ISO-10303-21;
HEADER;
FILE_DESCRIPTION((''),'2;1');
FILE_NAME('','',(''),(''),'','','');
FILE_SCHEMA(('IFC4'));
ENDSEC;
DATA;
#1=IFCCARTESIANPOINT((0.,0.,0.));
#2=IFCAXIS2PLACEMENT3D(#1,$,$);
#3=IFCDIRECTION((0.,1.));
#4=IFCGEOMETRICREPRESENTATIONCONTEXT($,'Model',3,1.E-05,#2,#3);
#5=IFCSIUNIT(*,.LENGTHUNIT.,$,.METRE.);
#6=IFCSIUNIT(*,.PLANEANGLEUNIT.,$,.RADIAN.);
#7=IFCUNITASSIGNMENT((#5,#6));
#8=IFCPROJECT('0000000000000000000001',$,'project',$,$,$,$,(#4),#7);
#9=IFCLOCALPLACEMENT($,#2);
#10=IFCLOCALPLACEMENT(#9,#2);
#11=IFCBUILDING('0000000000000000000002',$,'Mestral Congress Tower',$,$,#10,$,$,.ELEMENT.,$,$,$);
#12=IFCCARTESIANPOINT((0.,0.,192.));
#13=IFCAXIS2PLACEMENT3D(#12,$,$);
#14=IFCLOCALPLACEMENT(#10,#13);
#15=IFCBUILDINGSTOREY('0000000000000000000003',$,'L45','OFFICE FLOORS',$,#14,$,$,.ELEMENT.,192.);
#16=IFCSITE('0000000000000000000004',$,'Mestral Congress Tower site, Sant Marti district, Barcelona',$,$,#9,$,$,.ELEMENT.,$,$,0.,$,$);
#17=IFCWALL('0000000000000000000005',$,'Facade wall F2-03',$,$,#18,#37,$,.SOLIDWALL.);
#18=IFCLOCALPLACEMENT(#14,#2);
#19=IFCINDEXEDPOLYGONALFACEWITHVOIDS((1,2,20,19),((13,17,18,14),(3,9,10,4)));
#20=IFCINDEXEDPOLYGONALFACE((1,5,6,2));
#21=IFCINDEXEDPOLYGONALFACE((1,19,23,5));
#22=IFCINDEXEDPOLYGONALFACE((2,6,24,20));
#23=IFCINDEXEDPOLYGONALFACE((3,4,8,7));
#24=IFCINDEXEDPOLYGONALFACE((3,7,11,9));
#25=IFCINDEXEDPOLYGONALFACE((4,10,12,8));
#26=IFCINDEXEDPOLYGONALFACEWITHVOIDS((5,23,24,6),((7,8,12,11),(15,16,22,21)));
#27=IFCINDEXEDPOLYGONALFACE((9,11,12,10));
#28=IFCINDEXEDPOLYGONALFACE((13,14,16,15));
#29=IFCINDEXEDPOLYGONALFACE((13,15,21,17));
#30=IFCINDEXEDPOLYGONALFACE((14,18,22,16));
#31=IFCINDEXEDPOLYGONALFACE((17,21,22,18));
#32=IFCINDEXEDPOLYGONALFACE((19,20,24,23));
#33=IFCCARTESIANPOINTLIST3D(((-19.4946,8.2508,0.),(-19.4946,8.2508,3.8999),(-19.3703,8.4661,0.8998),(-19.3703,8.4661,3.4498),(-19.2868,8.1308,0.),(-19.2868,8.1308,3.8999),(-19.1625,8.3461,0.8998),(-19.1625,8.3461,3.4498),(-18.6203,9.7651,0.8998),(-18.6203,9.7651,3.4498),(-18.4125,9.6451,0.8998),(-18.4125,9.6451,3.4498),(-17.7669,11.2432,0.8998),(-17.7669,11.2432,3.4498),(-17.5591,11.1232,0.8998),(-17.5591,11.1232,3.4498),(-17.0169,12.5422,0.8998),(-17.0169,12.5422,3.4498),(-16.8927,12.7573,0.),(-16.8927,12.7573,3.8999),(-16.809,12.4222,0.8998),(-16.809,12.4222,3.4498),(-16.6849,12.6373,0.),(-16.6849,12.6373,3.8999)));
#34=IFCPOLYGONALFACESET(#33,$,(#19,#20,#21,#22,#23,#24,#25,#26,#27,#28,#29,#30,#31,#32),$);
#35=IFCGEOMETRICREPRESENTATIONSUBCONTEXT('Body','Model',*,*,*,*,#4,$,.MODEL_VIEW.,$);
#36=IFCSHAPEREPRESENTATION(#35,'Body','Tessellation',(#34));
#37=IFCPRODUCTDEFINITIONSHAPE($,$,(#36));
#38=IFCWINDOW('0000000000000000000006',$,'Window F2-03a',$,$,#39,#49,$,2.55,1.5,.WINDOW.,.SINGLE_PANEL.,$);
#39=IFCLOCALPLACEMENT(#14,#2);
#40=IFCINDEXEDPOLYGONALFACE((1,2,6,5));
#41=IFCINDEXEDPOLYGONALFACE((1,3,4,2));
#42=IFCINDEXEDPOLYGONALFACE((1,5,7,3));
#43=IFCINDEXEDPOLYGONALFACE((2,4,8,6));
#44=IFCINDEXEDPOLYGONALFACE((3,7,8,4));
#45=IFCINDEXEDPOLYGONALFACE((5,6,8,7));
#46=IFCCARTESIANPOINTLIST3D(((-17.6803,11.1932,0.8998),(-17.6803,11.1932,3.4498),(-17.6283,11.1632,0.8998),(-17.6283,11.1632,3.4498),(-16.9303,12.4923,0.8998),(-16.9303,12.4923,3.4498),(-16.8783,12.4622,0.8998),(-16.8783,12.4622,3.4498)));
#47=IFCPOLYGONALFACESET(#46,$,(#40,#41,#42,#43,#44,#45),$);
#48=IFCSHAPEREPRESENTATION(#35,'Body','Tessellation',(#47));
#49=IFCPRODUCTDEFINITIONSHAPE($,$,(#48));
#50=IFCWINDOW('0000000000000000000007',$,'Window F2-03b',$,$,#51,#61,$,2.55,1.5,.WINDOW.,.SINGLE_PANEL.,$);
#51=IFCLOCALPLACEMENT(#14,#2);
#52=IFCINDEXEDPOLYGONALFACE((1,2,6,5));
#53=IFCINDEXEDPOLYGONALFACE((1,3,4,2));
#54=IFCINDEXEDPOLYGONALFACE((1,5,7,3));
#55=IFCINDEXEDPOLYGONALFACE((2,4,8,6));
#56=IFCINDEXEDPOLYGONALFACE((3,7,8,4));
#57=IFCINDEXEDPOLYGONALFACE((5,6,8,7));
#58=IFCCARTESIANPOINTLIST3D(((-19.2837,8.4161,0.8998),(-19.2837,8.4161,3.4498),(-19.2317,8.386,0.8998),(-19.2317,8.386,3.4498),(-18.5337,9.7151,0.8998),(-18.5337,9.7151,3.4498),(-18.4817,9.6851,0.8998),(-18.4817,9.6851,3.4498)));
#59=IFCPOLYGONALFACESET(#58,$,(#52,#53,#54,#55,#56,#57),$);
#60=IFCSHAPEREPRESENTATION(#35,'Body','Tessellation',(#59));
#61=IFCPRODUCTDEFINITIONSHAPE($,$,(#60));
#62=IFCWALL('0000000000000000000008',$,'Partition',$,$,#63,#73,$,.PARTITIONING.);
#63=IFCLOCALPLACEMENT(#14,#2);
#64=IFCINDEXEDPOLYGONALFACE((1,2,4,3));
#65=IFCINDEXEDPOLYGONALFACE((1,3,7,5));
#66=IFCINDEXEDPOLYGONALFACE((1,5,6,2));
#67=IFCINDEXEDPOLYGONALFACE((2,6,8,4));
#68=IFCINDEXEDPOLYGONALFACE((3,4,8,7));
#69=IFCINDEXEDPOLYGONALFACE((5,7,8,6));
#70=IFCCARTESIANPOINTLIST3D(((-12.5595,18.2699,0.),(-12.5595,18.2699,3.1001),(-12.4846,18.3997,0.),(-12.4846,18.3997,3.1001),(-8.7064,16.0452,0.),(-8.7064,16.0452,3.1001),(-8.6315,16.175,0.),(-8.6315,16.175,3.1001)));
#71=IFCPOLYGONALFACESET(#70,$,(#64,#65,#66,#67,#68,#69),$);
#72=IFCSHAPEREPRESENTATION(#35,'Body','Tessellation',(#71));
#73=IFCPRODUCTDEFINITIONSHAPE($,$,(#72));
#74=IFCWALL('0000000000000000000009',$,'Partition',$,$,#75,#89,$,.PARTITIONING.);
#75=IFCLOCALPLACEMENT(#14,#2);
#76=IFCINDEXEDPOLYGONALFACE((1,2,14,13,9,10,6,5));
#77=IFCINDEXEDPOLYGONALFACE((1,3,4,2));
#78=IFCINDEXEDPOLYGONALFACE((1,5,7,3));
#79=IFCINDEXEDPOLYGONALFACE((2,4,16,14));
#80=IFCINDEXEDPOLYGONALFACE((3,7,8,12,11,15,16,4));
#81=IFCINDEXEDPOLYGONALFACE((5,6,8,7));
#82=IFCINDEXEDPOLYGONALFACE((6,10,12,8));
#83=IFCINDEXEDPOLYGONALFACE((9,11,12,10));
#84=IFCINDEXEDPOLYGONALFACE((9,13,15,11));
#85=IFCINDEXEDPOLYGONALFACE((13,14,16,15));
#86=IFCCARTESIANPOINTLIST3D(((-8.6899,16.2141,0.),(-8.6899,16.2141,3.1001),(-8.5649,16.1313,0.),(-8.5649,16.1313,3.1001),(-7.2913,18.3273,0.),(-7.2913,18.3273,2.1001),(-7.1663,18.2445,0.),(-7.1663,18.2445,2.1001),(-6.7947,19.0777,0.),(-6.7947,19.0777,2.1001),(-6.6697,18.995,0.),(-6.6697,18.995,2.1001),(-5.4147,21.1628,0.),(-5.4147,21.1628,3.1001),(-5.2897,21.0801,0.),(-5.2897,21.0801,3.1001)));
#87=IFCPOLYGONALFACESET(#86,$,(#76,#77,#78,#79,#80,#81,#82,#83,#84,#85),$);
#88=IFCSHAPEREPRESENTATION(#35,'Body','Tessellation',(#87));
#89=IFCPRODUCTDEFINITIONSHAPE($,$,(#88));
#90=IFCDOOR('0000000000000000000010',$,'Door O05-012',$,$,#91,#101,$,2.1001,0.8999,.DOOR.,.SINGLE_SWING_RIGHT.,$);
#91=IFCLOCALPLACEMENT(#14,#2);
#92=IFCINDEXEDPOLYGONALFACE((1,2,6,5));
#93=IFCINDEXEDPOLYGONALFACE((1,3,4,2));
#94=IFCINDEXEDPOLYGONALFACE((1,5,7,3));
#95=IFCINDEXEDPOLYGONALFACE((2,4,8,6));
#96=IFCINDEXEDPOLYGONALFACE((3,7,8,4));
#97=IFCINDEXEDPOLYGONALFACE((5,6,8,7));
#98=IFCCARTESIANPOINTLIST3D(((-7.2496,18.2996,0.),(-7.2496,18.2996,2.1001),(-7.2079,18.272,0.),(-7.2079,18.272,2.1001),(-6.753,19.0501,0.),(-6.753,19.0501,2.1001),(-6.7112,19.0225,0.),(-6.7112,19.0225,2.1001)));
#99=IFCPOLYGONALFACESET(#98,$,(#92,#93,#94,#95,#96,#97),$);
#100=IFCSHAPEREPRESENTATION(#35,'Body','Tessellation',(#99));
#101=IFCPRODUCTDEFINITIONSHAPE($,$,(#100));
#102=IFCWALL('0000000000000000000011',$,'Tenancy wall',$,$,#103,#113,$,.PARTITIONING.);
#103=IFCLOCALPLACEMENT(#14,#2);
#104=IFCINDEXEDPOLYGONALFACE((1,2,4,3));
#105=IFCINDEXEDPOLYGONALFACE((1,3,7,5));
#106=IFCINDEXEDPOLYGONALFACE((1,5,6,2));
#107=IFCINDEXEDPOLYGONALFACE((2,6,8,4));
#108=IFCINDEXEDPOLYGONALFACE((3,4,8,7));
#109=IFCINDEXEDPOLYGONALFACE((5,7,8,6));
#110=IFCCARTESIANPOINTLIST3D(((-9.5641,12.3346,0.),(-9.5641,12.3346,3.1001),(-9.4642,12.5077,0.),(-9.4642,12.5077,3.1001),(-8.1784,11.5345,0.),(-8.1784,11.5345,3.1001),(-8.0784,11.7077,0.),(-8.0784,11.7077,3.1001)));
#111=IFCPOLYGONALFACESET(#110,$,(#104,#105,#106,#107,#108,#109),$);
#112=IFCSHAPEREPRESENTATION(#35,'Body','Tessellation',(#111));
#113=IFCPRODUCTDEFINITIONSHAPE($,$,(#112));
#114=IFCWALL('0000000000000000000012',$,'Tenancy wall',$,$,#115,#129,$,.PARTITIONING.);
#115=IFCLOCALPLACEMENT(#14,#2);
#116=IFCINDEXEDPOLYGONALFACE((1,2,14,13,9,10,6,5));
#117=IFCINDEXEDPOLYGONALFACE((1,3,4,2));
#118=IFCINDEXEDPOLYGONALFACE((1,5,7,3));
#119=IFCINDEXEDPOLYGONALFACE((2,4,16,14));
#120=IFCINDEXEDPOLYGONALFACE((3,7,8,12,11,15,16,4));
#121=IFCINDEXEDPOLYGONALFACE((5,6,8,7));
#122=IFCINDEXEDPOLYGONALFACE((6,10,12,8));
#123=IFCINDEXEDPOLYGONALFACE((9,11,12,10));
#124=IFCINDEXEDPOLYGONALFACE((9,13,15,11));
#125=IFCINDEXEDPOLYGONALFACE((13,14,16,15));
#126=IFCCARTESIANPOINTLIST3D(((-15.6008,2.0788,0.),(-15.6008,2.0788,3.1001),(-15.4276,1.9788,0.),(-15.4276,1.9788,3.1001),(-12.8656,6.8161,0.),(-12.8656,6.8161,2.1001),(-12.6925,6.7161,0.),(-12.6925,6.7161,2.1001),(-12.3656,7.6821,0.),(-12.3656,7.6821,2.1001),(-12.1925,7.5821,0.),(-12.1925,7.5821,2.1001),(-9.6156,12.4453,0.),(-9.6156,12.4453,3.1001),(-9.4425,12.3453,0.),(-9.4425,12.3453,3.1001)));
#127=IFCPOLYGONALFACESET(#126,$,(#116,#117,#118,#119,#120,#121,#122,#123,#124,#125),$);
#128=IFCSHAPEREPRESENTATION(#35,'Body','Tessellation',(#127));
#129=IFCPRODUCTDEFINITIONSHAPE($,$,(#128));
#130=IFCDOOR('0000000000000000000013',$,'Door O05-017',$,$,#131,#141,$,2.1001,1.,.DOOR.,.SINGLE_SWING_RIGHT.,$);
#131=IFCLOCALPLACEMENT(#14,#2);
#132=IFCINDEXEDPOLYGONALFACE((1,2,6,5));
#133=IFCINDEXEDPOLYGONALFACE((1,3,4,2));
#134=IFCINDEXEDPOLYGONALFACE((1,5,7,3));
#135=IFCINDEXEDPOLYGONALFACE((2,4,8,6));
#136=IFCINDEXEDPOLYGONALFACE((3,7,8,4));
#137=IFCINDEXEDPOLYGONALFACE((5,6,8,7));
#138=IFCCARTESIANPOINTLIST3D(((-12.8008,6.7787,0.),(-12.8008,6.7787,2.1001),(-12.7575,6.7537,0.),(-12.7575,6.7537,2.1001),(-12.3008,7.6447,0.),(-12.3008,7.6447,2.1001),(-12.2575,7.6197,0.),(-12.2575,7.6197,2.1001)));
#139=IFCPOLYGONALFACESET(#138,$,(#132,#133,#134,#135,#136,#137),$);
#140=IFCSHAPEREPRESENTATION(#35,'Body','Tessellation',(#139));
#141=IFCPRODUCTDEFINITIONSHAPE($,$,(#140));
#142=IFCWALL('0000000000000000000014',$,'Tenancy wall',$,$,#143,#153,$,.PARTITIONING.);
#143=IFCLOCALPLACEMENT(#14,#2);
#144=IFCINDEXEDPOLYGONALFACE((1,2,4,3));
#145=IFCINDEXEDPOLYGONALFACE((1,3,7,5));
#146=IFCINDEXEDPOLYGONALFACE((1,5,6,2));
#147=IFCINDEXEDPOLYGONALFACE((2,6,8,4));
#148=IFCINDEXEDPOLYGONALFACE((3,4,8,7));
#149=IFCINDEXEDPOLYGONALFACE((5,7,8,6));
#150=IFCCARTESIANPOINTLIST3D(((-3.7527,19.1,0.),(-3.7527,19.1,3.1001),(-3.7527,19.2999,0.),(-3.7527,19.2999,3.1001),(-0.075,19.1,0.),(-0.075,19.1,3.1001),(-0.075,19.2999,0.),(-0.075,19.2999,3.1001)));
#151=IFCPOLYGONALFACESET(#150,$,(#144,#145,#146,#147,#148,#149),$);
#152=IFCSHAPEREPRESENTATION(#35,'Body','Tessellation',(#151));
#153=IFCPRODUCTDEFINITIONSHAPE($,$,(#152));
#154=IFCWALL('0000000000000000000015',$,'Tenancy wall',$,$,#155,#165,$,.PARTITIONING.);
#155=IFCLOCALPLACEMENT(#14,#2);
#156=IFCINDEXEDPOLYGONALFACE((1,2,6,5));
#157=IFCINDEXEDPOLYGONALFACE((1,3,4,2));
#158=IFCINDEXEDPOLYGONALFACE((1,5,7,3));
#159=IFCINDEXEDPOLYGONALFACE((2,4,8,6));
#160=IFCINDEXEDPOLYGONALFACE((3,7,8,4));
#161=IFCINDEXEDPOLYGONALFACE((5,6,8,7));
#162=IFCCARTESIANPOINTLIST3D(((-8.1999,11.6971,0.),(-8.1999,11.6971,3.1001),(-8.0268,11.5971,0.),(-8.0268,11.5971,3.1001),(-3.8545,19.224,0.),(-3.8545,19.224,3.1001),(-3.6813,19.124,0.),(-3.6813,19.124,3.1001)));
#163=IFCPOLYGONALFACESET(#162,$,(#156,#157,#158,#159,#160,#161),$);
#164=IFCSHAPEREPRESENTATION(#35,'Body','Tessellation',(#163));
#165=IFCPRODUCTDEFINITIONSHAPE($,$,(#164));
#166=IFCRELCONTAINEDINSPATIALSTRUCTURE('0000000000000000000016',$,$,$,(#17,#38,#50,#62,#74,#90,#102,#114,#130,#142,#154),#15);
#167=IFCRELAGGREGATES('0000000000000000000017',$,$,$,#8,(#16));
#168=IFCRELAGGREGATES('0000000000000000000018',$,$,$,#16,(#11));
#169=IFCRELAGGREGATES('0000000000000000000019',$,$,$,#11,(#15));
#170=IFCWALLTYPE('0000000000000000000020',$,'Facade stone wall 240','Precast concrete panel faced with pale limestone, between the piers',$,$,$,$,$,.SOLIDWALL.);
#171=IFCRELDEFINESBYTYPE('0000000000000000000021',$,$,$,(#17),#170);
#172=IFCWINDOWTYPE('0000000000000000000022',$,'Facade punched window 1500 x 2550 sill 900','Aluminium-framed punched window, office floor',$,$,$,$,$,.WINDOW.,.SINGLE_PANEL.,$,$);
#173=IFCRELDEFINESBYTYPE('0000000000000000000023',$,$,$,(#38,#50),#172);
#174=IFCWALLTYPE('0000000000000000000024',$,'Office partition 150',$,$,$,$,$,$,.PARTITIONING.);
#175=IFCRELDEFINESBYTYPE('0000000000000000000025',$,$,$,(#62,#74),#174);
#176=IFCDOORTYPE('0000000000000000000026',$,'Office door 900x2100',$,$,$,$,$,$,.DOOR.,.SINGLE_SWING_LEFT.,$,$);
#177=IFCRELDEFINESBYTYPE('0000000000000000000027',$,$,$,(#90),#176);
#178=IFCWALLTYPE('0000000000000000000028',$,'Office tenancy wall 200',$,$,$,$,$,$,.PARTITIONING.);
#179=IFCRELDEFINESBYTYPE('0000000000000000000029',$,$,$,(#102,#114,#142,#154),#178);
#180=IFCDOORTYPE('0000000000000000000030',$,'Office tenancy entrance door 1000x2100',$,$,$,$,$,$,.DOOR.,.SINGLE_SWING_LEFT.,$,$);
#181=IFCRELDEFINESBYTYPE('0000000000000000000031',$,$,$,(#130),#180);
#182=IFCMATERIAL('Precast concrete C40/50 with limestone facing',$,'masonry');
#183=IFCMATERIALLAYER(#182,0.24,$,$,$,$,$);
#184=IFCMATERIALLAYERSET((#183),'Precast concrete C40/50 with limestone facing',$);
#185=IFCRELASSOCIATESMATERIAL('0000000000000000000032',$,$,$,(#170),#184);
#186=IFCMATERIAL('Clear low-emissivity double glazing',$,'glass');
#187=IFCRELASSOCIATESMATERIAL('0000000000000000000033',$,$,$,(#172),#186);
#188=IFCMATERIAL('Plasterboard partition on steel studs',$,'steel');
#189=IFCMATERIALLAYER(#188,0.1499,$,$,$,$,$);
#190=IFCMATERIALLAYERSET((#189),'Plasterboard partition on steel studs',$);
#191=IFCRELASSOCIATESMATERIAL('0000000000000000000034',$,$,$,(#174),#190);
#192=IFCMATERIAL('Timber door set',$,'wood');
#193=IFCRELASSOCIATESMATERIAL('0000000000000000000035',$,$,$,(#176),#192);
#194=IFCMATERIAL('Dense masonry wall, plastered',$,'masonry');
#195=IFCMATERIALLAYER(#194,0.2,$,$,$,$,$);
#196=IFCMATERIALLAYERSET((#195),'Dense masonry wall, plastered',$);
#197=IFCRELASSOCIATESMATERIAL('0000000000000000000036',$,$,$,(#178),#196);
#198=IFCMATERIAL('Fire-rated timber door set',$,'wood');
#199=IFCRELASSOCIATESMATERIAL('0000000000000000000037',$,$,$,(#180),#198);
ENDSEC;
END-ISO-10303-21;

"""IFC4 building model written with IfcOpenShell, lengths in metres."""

from ifc_helpers import new_model, si_unit, direction, frame, frame_2d, origin, place, context, subcontext, project, spatial, rectangle, extrude, material, layer, layer_set, type_object, element, fill, save


model = new_model("IFC4")

# Units and contexts
model_context = context("Model", 3, precision=1e-05, world=origin(), true_north=direction((0.0, 1.0)))
body_context = subcontext(model_context, "Body", "Model", "MODEL_VIEW")
ifc_project = project(units=[si_unit("LENGTHUNIT", "METRE"), si_unit("PLANEANGLEUNIT", "RADIAN")], contexts=[model_context])

# Site, building, storey
site_placement = place(None, origin())
site = spatial("IfcSite", under=ifc_project, at=site_placement, Name="Mestral Congress Tower site, Sant Marti district, Barcelona", CompositionType="ELEMENT", RefElevation=0.0)
building_placement = place(site_placement, origin())
building = spatial("IfcBuilding", under=site, at=building_placement, Name="Mestral Congress Tower", CompositionType="ELEMENT")
storey_placement = place(building_placement, frame((0.0, 0.0, 192.0)))
storey = spatial("IfcBuildingStorey", under=building, at=storey_placement, Name="L45", Description="OFFICE FLOORS", CompositionType="ELEMENT", Elevation=192.0)

# Wall, openings, windows
ifc_material_1 = material(Name="Precast concrete C40/50 with limestone facing", Category="masonry")
ifc_layer_1 = layer(ifc_material_1, 0.24)
ifc_layer_set_1 = layer_set([ifc_layer_1], Name="Precast concrete C40/50 with limestone facing")
wall_type_1 = type_object("IfcWallType", Name="Facade stone wall 240", Description="Precast concrete panel faced with pale limestone, between the piers", PredefinedType="SOLIDWALL", material=ifc_layer_set_1)
ifc_material_2 = material(Name="Clear low-emissivity double glazing", Category="glass")
window_type = type_object("IfcWindowType", Name="Facade punched window 1500 x 2550 sill 900", Description="Aluminium-framed punched window, office floor", PartitioningType="SINGLE_PANEL", PredefinedType="WINDOW", material=ifc_material_2)
wall_1_placement = place(storey_placement, frame((-16.7888, 12.6973, 0.0), z_axis=(0.0, 0.0, 1.0), x_axis=(-0.500009, -0.86602, 0.0)))
wall_1 = element("IfcWall", 1, at=wall_1_placement, inside=storey, type_object=wall_type_1, Name="Facade wall F2-03", PredefinedType="SOLIDWALL", context=body_context, shape_type="SweptSolid", body=[
    extrude(rectangle(XDim=5.2036, YDim=0.24, at=frame_2d((2.6018, 0.0))), origin(), (0.0, 0.0, 1.0), 3.8999),
])
opening_1_placement = place(wall_1_placement, frame((0.2483, 0.0, 0.8999)))
opening_1 = element("IfcOpeningElement", 2, at=opening_1_placement, cuts=wall_1, PredefinedType="OPENING", context=body_context, shape_type="SweptSolid", body=[
    extrude(rectangle(XDim=1.5, YDim=2.55, at=frame_2d((0.75, 1.2749))), frame((0.0, 0.1299, 0.0), z_axis=(0.0, -1.0, 0.0), x_axis=(1.0, 0.0, 0.0)), (0.0, 0.0, 1.0), 0.26),
])
opening_2_placement = place(wall_1_placement, frame((3.4551, 0.0, 0.8999)))
opening_2 = element("IfcOpeningElement", 3, at=opening_2_placement, cuts=wall_1, PredefinedType="OPENING", context=body_context, shape_type="SweptSolid", body=[
    extrude(rectangle(XDim=1.5, YDim=2.55, at=frame_2d((0.75, 1.2749))), frame((0.0, 0.1299, 0.0), z_axis=(0.0, -1.0, 0.0), x_axis=(1.0, 0.0, 0.0)), (0.0, 0.0, 1.0), 0.26),
])
window_1_placement = place(opening_1_placement, origin())
window_1 = element("IfcWindow", 4, at=window_1_placement, inside=storey, type_object=window_type, Name="Window F2-03a", OverallHeight=2.55, OverallWidth=1.5, PartitioningType="SINGLE_PANEL", PredefinedType="WINDOW", context=body_context, shape_type="SweptSolid", body=[
    extrude(rectangle(XDim=1.5, YDim=2.55, at=frame_2d((0.75, 1.2749))), frame((0.0, 0.04, 0.0), z_axis=(0.0, -1.0, 0.0), x_axis=(1.0, 0.0, 0.0)), (0.0, 0.0, 1.0), 0.0601),
])
fill(opening_1, window_1)
window_2_placement = place(opening_2_placement, origin())
window_2 = element("IfcWindow", 5, at=window_2_placement, inside=storey, type_object=window_type, Name="Window F2-03b", OverallHeight=2.55, OverallWidth=1.5, PartitioningType="SINGLE_PANEL", PredefinedType="WINDOW", context=body_context, shape_type="SweptSolid", body=[
    extrude(rectangle(XDim=1.5, YDim=2.55, at=frame_2d((0.75, 1.2749))), frame((0.0, 0.04, 0.0), z_axis=(0.0, -1.0, 0.0), x_axis=(1.0, 0.0, 0.0)), (0.0, 0.0, 1.0), 0.0601),
])
fill(opening_2, window_2)

# Wall
ifc_material_3 = material(Name="Plasterboard partition on steel studs", Category="steel")
ifc_layer_2 = layer(ifc_material_3, 0.1499)
ifc_layer_set_2 = layer_set([ifc_layer_2], Name="Plasterboard partition on steel studs")
wall_type_2 = type_object("IfcWallType", Name="Office partition 150", PredefinedType="PARTITIONING", material=ifc_layer_set_2)
wall_2_placement = place(storey_placement, frame((-8.6689, 16.1101, 0.0), z_axis=(0.0, 0.0, 1.0), x_axis=(-0.866019, 0.500011, 0.0)))
element("IfcWall", 6, at=wall_2_placement, inside=storey, type_object=wall_type_2, Name="Partition", PredefinedType="PARTITIONING", context=body_context, shape_type="SweptSolid", body=[
    extrude(rectangle(XDim=4.4492, YDim=0.1499, at=frame_2d((2.2246, 0.0))), origin(), (0.0, 0.0, 1.0), 3.1001),
])

# Wall, opening, door
wall_3_placement = place(storey_placement, frame((-8.6274, 16.1726, 0.0), z_axis=(0.0, 0.0, 1.0), x_axis=(0.551896, 0.833913, 0.0)))
wall_3 = element("IfcWall", 7, at=wall_3_placement, inside=storey, type_object=wall_type_2, Name="Partition", PredefinedType="PARTITIONING", context=body_context, shape_type="SweptSolid", body=[
    extrude(rectangle(XDim=5.9343, YDim=0.1499, at=frame_2d((2.9673, 0.0))), origin(), (0.0, 0.0, 1.0), 3.1001),
])
opening_3_placement = place(wall_3_placement, frame((2.5342, 0.0, 0.0)))
opening_3 = element("IfcOpeningElement", 8, at=opening_3_placement, cuts=wall_3, PredefinedType="OPENING", context=body_context, shape_type="SweptSolid", body=[
    extrude(rectangle(XDim=0.8999, YDim=2.1001, at=frame_2d((0.45, 1.05))), frame((0.0, 0.085, 0.0), z_axis=(0.0, -1.0, 0.0), x_axis=(1.0, 0.0, 0.0)), (0.0, 0.0, 1.0), 0.1699),
])
ifc_material_4 = material(Name="Timber door set", Category="wood")
door_type_1 = type_object("IfcDoorType", Name="Office door 900x2100", OperationType="SINGLE_SWING_LEFT", PredefinedType="DOOR", material=ifc_material_4)
door_1_placement = place(opening_3_placement, origin())
door_1 = element("IfcDoor", 9, at=door_1_placement, inside=storey, type_object=door_type_1, Name="Door O05-012", OperationType="SINGLE_SWING_RIGHT", OverallHeight=2.1001, OverallWidth=0.8999, PredefinedType="DOOR", context=body_context, shape_type="SweptSolid", body=[
    extrude(rectangle(XDim=0.8999, YDim=2.1001, at=frame_2d((0.45, 1.05))), frame((0.0, 0.0249, 0.0), z_axis=(0.0, -1.0, 0.0), x_axis=(1.0, 0.0, 0.0)), (0.0, 0.0, 1.0), 0.05),
])
fill(opening_3, door_1)

# Wall
ifc_material_5 = material(Name="Dense masonry wall, plastered", Category="masonry")
ifc_layer_3 = layer(ifc_material_5, 0.2)
ifc_layer_set_3 = layer_set([ifc_layer_3], Name="Dense masonry wall, plastered")
wall_type_3 = type_object("IfcWallType", Name="Office tenancy wall 200", PredefinedType="PARTITIONING", material=ifc_layer_set_3)
wall_4_placement = place(storey_placement, frame((-8.1284, 11.6211, 0.0), z_axis=(0.0, 0.0, 1.0), x_axis=(-0.866028, 0.499995, 0.0)))
element("IfcWall", 10, at=wall_4_placement, inside=storey, type_object=wall_type_3, Name="Tenancy wall", PredefinedType="PARTITIONING", context=body_context, shape_type="SweptSolid", body=[
    extrude(rectangle(XDim=1.6001, YDim=0.2, at=frame_2d((0.8, 0.0))), origin(), (0.0, 0.0, 1.0), 3.1001),
])

# Wall, opening, door
wall_5_placement = place(storey_placement, frame((-9.5291, 12.3953, 0.0), z_axis=(0.0, 0.0, 1.0), x_axis=(-0.500002, -0.866024, 0.0)))
wall_5 = element("IfcWall", 11, at=wall_5_placement, inside=storey, type_object=wall_type_3, Name="Tenancy wall", PredefinedType="PARTITIONING", context=body_context, shape_type="SweptSolid", body=[
    extrude(rectangle(XDim=11.9702, YDim=0.2, at=frame_2d((5.9851, 0.0))), origin(), (0.0, 0.0, 1.0), 3.1001),
])
opening_4_placement = place(wall_5_placement, frame((5.5, 0.0, 0.0)))
opening_4 = element("IfcOpeningElement", 12, at=opening_4_placement, cuts=wall_5, PredefinedType="OPENING", context=body_context, shape_type="SweptSolid", body=[
    extrude(rectangle(XDim=1.0, YDim=2.1001, at=frame_2d((0.5, 1.05))), frame((0.0, 0.1099, 0.0), z_axis=(0.0, -1.0, 0.0), x_axis=(1.0, 0.0, 0.0)), (0.0, 0.0, 1.0), 0.22),
])
ifc_material_6 = material(Name="Fire-rated timber door set", Category="wood")
door_type_2 = type_object("IfcDoorType", Name="Office tenancy entrance door 1000x2100", OperationType="SINGLE_SWING_LEFT", PredefinedType="DOOR", material=ifc_material_6)
door_2_placement = place(opening_4_placement, origin())
door_2 = element("IfcDoor", 13, at=door_2_placement, inside=storey, type_object=door_type_2, Name="Door O05-017", OperationType="SINGLE_SWING_RIGHT", OverallHeight=2.1001, OverallWidth=1.0, PredefinedType="DOOR", context=body_context, shape_type="SweptSolid", body=[
    extrude(rectangle(XDim=1.0, YDim=2.1001, at=frame_2d((0.5, 1.05))), frame((0.0, 0.0249, 0.0), z_axis=(0.0, -1.0, 0.0), x_axis=(1.0, 0.0, 0.0)), (0.0, 0.0, 1.0), 0.05),
])
fill(opening_4, door_2)

# Walls
wall_6_placement = place(storey_placement, frame((-0.075, 19.2, 0.0), z_axis=(0.0, 0.0, 1.0), x_axis=(-1.0, 0.0, 0.0)))
element("IfcWall", 14, at=wall_6_placement, inside=storey, type_object=wall_type_3, Name="Tenancy wall", PredefinedType="PARTITIONING", context=body_context, shape_type="SweptSolid", body=[
    extrude(rectangle(XDim=3.6777, YDim=0.2, at=frame_2d((1.8389, 0.0))), origin(), (0.0, 0.0, 1.0), 3.1001),
])
wall_7_placement = place(storey_placement, frame((-3.7678, 19.1741, 0.0), z_axis=(0.0, 0.0, 1.0), x_axis=(-0.499985, -0.866034, 0.0)))
element("IfcWall", 15, at=wall_7_placement, inside=storey, type_object=wall_type_3, Name="Tenancy wall", PredefinedType="PARTITIONING", context=body_context, shape_type="SweptSolid", body=[
    extrude(rectangle(XDim=8.6912, YDim=0.2, at=frame_2d((4.3457, 0.0))), origin(), (0.0, 0.0, 1.0), 3.1001),
])

save(model, "model.ifc")
